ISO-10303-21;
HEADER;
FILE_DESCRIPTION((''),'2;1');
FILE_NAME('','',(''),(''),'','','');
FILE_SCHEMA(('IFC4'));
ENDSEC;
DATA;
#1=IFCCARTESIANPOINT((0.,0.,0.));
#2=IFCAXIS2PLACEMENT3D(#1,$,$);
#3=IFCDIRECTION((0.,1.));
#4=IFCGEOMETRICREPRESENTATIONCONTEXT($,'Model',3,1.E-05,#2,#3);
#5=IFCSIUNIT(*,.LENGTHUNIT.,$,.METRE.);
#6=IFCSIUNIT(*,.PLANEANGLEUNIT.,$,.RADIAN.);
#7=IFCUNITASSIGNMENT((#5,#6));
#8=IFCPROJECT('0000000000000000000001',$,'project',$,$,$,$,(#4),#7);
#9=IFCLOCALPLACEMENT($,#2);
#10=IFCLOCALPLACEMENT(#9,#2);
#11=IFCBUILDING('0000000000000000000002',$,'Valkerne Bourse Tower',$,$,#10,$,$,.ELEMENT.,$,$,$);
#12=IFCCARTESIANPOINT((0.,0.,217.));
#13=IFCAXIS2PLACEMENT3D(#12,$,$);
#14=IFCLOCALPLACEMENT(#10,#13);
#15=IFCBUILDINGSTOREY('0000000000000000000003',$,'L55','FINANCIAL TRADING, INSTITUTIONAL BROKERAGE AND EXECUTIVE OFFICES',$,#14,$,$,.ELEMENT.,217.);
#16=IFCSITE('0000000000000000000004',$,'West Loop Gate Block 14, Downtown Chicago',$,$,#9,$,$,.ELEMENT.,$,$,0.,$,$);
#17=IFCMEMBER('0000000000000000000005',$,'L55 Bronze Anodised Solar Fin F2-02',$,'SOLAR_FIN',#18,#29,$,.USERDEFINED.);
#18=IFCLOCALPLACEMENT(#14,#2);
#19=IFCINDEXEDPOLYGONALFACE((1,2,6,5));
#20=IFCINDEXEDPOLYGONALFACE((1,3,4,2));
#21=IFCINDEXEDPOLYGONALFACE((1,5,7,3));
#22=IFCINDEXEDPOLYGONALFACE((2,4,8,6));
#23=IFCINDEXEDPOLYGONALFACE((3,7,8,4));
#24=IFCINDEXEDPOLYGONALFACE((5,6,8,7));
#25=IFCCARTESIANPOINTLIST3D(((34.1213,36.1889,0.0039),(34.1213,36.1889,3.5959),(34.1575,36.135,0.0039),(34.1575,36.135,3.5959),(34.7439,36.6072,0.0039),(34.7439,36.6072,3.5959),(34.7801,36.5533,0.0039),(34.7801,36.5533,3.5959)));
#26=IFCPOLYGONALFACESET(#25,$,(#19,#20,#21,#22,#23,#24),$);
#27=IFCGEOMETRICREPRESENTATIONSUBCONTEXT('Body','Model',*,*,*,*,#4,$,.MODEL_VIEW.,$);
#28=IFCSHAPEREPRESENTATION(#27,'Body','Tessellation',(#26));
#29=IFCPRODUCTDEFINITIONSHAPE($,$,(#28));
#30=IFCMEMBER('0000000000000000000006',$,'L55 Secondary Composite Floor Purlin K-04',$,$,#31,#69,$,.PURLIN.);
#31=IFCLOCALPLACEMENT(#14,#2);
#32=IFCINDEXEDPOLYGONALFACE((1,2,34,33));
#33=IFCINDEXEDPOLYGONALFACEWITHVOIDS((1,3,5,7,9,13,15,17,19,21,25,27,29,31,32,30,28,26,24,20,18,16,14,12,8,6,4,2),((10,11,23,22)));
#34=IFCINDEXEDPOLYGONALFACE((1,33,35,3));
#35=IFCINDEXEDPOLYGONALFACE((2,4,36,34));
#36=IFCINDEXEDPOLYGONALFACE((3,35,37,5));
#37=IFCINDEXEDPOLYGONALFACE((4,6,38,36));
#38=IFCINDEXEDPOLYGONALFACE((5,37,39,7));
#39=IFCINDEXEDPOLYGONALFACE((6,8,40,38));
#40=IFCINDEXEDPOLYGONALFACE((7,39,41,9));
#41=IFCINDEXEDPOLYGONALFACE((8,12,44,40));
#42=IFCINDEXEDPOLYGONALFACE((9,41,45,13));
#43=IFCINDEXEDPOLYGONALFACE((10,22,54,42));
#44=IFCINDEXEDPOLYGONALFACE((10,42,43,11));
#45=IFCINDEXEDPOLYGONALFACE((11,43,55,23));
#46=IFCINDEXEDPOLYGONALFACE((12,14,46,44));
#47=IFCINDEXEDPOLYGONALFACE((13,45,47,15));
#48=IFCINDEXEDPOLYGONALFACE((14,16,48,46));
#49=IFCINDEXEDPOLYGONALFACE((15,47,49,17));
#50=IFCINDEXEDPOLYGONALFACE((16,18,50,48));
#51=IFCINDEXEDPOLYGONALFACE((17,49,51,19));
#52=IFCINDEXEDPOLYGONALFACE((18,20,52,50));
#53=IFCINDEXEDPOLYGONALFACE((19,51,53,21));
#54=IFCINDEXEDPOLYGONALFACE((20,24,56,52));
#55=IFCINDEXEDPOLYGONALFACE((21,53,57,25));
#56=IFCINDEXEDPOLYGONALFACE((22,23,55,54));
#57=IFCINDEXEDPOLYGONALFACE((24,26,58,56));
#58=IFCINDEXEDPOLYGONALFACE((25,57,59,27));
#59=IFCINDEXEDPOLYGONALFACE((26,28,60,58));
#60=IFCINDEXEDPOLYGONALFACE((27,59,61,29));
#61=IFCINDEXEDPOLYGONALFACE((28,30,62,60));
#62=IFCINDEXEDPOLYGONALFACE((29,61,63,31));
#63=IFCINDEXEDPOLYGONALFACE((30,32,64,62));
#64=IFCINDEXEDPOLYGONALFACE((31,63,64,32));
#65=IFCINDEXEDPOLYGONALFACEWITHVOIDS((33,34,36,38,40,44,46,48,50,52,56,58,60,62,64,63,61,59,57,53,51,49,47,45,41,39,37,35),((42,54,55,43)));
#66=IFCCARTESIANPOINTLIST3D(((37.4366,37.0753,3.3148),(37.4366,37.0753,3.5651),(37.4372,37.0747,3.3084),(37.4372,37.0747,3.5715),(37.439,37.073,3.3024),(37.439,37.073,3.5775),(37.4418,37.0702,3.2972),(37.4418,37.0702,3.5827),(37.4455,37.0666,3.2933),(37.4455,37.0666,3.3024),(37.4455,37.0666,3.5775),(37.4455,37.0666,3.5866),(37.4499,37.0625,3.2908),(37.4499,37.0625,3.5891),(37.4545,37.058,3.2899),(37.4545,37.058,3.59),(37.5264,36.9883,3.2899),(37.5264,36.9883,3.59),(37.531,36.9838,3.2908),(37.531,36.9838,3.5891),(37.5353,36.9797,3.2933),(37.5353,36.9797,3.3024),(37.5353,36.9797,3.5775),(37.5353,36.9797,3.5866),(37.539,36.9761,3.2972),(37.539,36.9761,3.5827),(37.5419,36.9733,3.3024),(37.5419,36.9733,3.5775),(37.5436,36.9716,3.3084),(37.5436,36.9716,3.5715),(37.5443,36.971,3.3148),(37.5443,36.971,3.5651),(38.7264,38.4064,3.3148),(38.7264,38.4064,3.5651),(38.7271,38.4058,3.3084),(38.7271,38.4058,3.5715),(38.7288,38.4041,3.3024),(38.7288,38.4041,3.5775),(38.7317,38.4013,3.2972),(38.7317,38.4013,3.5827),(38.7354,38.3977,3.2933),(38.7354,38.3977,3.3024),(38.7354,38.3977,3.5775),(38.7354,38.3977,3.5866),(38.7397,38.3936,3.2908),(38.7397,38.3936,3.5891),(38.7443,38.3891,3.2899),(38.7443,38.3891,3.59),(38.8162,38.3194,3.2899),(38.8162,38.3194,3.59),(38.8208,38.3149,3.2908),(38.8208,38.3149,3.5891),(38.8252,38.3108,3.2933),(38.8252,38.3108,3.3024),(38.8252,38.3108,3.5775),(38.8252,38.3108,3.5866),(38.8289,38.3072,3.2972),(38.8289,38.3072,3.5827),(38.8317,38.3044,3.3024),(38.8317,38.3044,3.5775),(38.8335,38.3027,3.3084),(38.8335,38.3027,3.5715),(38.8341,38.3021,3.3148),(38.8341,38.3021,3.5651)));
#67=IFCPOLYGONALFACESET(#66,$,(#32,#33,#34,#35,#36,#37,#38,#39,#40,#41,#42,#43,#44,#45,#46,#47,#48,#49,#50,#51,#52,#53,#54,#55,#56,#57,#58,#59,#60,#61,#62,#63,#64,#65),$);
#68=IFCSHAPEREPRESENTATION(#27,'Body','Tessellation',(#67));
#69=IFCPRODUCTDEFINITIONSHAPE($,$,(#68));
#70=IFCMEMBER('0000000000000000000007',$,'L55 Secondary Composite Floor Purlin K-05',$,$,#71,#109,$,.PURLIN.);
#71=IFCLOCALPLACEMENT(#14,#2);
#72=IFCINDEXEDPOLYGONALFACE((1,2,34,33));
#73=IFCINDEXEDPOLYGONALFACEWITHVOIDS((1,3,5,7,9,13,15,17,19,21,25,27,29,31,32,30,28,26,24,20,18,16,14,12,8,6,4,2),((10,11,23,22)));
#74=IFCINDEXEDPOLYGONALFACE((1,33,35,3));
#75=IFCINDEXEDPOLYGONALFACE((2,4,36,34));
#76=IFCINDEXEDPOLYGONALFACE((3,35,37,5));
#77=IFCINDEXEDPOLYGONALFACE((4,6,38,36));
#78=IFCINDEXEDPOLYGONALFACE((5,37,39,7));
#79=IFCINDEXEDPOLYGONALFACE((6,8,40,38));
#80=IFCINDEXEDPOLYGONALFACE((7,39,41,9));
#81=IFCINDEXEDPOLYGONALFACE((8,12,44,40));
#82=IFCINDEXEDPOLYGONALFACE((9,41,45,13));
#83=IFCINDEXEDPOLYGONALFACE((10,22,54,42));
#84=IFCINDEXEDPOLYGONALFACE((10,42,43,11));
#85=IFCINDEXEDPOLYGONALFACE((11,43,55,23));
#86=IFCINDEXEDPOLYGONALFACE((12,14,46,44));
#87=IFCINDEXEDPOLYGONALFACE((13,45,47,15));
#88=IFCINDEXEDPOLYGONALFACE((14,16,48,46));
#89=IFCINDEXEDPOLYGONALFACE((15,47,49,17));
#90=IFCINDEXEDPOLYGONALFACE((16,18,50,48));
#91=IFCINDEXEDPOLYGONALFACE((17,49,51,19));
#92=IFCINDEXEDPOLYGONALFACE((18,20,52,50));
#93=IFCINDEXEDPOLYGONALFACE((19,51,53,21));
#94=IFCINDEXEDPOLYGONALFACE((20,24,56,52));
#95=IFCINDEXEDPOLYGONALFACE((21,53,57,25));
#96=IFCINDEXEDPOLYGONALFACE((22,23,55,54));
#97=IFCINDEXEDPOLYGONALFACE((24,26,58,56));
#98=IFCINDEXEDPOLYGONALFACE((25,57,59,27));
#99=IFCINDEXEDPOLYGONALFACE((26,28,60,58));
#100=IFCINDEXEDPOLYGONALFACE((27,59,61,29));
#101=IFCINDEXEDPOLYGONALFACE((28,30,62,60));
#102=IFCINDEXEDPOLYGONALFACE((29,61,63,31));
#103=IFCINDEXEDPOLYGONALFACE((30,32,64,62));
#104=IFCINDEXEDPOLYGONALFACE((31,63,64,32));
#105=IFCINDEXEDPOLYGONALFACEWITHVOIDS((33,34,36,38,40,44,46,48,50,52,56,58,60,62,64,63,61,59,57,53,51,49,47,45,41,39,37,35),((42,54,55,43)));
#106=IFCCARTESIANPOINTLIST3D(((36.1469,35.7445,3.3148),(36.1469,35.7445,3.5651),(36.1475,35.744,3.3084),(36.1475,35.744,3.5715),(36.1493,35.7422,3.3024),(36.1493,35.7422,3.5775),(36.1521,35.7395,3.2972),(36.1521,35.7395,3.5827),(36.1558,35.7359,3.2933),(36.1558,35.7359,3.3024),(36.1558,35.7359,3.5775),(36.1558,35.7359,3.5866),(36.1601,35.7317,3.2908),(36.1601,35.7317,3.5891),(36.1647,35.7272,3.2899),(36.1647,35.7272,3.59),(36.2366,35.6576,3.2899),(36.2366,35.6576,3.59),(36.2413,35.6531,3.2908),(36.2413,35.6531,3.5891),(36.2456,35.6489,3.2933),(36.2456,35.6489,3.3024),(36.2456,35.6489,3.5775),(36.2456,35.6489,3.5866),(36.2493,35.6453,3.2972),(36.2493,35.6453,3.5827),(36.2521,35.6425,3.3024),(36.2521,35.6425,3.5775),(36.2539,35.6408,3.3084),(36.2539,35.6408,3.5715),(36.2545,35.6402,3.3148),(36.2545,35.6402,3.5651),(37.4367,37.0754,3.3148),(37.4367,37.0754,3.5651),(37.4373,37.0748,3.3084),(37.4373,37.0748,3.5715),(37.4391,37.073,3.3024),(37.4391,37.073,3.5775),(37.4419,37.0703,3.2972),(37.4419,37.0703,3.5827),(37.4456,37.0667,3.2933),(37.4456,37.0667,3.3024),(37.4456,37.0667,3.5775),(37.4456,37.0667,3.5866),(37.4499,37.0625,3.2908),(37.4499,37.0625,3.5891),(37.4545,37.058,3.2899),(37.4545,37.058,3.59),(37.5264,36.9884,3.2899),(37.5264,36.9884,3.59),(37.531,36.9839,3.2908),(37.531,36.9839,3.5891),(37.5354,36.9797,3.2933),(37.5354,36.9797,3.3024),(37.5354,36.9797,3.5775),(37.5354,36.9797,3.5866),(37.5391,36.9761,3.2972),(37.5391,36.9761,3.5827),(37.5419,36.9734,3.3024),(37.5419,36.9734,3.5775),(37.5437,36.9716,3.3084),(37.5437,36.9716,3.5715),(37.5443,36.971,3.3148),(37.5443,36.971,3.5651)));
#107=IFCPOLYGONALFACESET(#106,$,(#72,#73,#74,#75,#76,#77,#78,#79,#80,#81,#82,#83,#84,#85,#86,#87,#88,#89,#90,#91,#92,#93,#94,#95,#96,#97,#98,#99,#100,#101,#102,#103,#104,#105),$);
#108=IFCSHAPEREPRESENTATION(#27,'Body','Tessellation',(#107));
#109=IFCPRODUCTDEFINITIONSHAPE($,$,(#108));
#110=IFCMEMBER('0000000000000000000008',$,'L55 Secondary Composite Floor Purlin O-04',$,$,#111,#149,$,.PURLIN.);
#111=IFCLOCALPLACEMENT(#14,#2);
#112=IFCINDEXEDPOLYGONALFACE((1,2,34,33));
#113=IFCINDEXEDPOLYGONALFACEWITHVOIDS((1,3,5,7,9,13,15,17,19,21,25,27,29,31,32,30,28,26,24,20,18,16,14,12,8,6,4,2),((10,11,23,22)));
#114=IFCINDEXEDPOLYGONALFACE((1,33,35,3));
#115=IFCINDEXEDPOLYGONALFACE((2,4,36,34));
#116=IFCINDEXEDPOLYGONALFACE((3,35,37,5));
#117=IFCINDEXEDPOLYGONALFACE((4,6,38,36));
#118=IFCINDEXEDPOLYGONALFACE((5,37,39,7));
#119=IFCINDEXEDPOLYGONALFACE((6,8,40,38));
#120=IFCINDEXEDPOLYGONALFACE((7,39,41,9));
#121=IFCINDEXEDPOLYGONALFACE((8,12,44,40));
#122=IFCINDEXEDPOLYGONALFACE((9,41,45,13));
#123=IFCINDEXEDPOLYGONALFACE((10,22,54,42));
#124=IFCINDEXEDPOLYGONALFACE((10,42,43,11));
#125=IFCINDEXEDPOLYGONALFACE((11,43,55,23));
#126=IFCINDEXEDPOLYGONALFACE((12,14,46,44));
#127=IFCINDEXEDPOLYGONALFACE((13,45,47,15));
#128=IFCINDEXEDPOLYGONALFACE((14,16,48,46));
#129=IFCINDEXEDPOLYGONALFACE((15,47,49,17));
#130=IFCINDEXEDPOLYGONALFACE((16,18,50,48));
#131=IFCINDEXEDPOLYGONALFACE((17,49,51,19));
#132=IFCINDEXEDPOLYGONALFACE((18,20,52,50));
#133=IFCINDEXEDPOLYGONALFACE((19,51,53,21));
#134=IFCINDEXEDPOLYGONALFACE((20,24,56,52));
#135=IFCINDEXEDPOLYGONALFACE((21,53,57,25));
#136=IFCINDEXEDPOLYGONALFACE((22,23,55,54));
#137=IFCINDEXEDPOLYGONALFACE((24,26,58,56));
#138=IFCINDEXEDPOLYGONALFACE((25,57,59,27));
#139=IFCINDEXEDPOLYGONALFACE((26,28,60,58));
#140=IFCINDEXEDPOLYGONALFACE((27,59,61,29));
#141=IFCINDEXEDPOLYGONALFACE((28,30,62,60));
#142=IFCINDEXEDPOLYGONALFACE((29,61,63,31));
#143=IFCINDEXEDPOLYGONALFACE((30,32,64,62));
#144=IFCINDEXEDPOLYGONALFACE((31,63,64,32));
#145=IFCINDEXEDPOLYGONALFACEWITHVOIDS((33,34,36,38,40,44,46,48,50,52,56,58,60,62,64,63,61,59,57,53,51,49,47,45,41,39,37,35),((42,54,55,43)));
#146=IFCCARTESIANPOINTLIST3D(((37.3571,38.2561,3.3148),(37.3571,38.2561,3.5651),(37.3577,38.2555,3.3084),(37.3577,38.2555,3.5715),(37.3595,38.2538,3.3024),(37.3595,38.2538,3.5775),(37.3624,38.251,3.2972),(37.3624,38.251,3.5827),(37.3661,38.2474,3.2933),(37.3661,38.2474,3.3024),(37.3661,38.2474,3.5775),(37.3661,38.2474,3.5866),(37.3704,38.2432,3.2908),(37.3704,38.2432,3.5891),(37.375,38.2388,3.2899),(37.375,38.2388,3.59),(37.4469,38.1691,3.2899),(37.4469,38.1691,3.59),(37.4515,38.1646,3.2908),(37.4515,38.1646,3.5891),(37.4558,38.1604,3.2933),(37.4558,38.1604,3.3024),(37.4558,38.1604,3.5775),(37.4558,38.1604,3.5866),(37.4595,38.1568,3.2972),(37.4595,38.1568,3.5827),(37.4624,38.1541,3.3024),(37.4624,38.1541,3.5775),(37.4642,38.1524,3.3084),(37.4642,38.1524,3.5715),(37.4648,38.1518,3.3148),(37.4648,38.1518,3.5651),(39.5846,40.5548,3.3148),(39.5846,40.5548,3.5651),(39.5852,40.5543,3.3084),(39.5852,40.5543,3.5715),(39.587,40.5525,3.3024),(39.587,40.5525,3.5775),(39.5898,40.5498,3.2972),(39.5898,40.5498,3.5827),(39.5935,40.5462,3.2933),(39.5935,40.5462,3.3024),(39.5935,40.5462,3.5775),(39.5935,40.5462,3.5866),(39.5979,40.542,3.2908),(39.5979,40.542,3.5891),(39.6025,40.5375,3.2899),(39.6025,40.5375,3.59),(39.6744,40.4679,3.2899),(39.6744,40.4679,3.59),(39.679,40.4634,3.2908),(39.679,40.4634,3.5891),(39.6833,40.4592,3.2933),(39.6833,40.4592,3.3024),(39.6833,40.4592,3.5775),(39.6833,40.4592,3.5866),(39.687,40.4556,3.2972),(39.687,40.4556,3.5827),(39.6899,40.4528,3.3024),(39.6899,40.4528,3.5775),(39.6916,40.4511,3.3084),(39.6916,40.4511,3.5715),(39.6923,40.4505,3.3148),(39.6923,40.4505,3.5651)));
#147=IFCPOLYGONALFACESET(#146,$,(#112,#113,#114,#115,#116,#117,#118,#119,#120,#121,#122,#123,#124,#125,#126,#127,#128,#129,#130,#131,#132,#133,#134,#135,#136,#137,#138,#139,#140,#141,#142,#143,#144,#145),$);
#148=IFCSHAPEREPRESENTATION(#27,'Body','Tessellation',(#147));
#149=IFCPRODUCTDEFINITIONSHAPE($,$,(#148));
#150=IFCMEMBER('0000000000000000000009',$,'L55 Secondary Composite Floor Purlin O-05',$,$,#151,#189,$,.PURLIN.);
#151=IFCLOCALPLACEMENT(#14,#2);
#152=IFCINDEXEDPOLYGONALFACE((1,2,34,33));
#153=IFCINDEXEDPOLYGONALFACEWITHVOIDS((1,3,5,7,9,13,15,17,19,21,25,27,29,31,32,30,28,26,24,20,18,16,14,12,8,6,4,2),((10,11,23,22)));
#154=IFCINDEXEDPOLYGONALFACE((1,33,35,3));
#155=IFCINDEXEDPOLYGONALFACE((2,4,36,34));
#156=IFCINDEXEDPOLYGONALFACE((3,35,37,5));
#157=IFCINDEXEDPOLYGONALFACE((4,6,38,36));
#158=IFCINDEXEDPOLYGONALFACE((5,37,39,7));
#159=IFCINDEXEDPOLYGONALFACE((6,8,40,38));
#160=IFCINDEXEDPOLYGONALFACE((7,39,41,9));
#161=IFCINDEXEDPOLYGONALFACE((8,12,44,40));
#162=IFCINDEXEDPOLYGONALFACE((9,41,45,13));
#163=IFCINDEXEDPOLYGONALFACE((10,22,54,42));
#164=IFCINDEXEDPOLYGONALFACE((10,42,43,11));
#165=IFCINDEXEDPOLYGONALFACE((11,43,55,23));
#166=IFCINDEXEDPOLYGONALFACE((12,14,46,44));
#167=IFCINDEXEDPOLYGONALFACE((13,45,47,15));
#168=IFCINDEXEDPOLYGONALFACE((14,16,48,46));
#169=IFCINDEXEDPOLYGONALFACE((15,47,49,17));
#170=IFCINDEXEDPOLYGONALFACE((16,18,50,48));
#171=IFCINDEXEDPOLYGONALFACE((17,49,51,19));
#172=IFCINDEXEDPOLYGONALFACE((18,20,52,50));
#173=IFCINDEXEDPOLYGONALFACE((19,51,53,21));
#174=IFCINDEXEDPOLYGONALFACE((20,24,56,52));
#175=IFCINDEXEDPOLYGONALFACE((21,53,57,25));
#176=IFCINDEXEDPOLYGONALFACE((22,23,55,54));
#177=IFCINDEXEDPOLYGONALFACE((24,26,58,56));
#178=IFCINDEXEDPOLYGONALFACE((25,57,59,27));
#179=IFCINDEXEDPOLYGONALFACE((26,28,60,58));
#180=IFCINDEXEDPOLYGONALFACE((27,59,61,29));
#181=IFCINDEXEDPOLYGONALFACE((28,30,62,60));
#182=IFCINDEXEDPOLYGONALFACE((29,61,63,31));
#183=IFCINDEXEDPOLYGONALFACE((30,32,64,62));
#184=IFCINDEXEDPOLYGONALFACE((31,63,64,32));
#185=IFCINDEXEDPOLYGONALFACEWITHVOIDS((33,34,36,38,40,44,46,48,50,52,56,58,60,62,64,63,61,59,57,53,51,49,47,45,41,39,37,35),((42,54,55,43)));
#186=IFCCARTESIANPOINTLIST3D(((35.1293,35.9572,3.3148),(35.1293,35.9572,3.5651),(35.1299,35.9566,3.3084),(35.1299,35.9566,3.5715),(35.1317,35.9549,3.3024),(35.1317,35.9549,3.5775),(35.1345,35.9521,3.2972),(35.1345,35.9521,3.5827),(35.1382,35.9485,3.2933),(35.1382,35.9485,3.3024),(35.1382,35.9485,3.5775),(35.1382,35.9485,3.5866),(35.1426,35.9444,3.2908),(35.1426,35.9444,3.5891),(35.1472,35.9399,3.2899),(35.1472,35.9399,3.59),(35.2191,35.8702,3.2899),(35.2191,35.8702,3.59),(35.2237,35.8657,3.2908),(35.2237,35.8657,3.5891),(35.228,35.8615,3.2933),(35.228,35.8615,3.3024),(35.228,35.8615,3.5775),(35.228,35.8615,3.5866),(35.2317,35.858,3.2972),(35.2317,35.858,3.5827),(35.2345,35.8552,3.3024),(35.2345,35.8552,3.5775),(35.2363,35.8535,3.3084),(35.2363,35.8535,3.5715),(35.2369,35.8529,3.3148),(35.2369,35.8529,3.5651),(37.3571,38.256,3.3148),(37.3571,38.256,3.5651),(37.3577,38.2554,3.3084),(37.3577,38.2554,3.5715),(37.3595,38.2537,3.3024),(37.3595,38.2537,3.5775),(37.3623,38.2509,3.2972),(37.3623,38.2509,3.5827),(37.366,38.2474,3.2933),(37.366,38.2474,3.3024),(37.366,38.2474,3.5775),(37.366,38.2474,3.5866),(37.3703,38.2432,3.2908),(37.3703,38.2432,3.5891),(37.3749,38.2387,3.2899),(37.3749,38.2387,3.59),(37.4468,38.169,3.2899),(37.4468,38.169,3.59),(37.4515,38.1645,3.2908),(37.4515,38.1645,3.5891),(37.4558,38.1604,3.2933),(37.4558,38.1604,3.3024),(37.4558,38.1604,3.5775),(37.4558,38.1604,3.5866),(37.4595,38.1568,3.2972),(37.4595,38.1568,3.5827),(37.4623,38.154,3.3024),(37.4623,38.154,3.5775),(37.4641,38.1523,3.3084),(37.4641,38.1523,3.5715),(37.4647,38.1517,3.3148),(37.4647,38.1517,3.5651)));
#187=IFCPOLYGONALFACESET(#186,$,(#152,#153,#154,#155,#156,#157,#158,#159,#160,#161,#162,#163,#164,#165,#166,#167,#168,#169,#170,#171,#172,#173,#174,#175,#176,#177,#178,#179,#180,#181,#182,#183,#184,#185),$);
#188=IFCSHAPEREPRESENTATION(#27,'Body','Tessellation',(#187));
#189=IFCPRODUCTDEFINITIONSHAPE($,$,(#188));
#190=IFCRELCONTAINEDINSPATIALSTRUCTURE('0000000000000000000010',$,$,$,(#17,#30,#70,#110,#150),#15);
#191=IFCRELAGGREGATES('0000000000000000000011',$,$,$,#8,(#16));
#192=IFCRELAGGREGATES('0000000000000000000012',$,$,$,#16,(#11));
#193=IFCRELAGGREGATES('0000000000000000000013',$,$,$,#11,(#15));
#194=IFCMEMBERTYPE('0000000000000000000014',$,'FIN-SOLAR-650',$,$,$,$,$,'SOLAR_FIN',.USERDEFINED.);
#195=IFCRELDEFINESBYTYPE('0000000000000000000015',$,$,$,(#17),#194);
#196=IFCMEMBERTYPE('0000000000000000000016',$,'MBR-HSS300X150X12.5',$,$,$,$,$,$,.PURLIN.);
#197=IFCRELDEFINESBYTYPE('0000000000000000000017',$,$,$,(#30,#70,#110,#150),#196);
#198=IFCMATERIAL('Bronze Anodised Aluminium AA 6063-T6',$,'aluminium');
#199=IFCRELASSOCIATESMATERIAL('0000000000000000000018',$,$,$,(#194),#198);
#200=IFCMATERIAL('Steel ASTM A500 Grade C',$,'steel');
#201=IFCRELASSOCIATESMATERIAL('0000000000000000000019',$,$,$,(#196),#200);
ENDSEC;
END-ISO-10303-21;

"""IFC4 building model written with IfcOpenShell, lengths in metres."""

from ifc_helpers import new_model, si_unit, direction, frame, origin, origin_2d, place, context, subcontext, project, spatial, rectangle, hollow_rectangle, extrude, material, material_profile, profile_set, type_object, element, save


model = new_model("IFC4")

# Units and contexts
model_context = context("Model", 3, precision=1e-05, world=origin(), true_north=direction((0.0, 1.0)))
body_context = subcontext(model_context, "Body", "Model", "MODEL_VIEW")
ifc_project = project(units=[si_unit("LENGTHUNIT", "METRE"), si_unit("PLANEANGLEUNIT", "RADIAN")], contexts=[model_context])

# Site, building, storey
site_placement = place(None, origin())
site = spatial("IfcSite", under=ifc_project, at=site_placement, Name="West Loop Gate Block 14, Downtown Chicago", CompositionType="ELEMENT", RefElevation=0.0)
building_placement = place(site_placement, origin())
building = spatial("IfcBuilding", under=site, at=building_placement, Name="Valkerne Bourse Tower", CompositionType="ELEMENT")
storey_placement = place(building_placement, frame((0.0, 0.0, 217.0)))
storey = spatial("IfcBuildingStorey", under=building, at=storey_placement, Name="L55", Description="FINANCIAL TRADING, INSTITUTIONAL BROKERAGE AND EXECUTIVE OFFICES", CompositionType="ELEMENT", Elevation=217.0)

# Members
ifc_material_1 = material(Name="Bronze Anodised Aluminium AA 6063-T6", Category="aluminium")
ifc_material_profile_1 = material_profile(ifc_material_1, rectangle(XDim=0.0649, YDim=0.75, at=origin_2d()), Name="FIN-65X750")
ifc_profile_set_1 = profile_set([ifc_material_profile_1], Name="Bronze Anodised Aluminium AA 6063-T6")
member_type_1 = type_object("IfcMemberType", Name="FIN-SOLAR-650", ElementType="SOLAR_FIN", PredefinedType="USERDEFINED", material=ifc_profile_set_1)
member_1_placement = place(storey_placement, frame((34.4507, 36.3711, 0.0039), z_axis=(0.0, 0.0, 1.0), x_axis=(-0.55766, 0.830069, 0.0)))
element("IfcMember", 1, at=member_1_placement, inside=storey, type_object=member_type_1, Name="L55 Bronze Anodised Solar Fin F2-02", ObjectType="SOLAR_FIN", PredefinedType="USERDEFINED", context=body_context, shape_type="SweptSolid", body=[
    extrude(rectangle(XDim=0.0649, YDim=0.75, at=origin_2d()), origin(), (0.0, 0.0, 1.0), 3.592),
])
ifc_material_2 = material(Name="Steel ASTM A500 Grade C", Category="steel")
ifc_material_profile_2 = material_profile(ifc_material_2, hollow_rectangle(XDim=0.1499, YDim=0.3, WallThickness=0.0125, OuterFilletRadius=0.0249, at=origin_2d()), Name="HSS300X150X12.5")
ifc_profile_set_2 = profile_set([ifc_material_profile_2], Name="Steel ASTM A500 Grade C")
member_type_2 = type_object("IfcMemberType", Name="MBR-HSS300X150X12.5", PredefinedType="PURLIN", material=ifc_profile_set_2)
member_2_placement = place(storey_placement, frame((38.7803, 38.3542, 3.4399), z_axis=(-0.695889, -0.71815, 0.0), x_axis=(0.71815, -0.695889, 0.0)))
element("IfcMember", 2, at=member_2_placement, inside=storey, type_object=member_type_2, Name="L55 Secondary Composite Floor Purlin K-04", PredefinedType="PURLIN", context=body_context, shape_type="SweptSolid", body=[
    extrude(hollow_rectangle(XDim=0.1499, YDim=0.3, WallThickness=0.0125, OuterFilletRadius=0.0249, at=origin_2d()), origin(), (0.0, 0.0, 1.0), 1.8535),
])
member_3_placement = place(storey_placement, frame((37.4905, 37.0232, 3.4399), z_axis=(-0.695954, -0.718086, 0.0), x_axis=(0.718086, -0.695954, 0.0)))
element("IfcMember", 3, at=member_3_placement, inside=storey, type_object=member_type_2, Name="L55 Secondary Composite Floor Purlin K-05", PredefinedType="PURLIN", context=body_context, shape_type="SweptSolid", body=[
    extrude(hollow_rectangle(XDim=0.1499, YDim=0.3, WallThickness=0.0125, OuterFilletRadius=0.0249, at=origin_2d()), origin(), (0.0, 0.0, 1.0), 1.8533),
])
member_4_placement = place(storey_placement, frame((39.6384, 40.5027, 3.4399), z_axis=(-0.695884, -0.718154, 0.0), x_axis=(0.718154, -0.695884, 0.0)))
element("IfcMember", 4, at=member_4_placement, inside=storey, type_object=member_type_2, Name="L55 Secondary Composite Floor Purlin O-04", PredefinedType="PURLIN", context=body_context, shape_type="SweptSolid", body=[
    extrude(hollow_rectangle(XDim=0.1499, YDim=0.3, WallThickness=0.0125, OuterFilletRadius=0.0249, at=origin_2d()), origin(), (0.0, 0.0, 1.0), 3.2009),
])
member_5_placement = place(storey_placement, frame((37.4109, 38.2039, 3.4399), z_axis=(-0.695923, -0.718116, 0.0), x_axis=(0.718116, -0.695923, 0.0)))
element("IfcMember", 5, at=member_5_placement, inside=storey, type_object=member_type_2, Name="L55 Secondary Composite Floor Purlin O-05", PredefinedType="PURLIN", context=body_context, shape_type="SweptSolid", body=[
    extrude(hollow_rectangle(XDim=0.1499, YDim=0.3, WallThickness=0.0125, OuterFilletRadius=0.0249, at=origin_2d()), origin(), (0.0, 0.0, 1.0), 3.2012),
])

save(model, "model.ifc")
